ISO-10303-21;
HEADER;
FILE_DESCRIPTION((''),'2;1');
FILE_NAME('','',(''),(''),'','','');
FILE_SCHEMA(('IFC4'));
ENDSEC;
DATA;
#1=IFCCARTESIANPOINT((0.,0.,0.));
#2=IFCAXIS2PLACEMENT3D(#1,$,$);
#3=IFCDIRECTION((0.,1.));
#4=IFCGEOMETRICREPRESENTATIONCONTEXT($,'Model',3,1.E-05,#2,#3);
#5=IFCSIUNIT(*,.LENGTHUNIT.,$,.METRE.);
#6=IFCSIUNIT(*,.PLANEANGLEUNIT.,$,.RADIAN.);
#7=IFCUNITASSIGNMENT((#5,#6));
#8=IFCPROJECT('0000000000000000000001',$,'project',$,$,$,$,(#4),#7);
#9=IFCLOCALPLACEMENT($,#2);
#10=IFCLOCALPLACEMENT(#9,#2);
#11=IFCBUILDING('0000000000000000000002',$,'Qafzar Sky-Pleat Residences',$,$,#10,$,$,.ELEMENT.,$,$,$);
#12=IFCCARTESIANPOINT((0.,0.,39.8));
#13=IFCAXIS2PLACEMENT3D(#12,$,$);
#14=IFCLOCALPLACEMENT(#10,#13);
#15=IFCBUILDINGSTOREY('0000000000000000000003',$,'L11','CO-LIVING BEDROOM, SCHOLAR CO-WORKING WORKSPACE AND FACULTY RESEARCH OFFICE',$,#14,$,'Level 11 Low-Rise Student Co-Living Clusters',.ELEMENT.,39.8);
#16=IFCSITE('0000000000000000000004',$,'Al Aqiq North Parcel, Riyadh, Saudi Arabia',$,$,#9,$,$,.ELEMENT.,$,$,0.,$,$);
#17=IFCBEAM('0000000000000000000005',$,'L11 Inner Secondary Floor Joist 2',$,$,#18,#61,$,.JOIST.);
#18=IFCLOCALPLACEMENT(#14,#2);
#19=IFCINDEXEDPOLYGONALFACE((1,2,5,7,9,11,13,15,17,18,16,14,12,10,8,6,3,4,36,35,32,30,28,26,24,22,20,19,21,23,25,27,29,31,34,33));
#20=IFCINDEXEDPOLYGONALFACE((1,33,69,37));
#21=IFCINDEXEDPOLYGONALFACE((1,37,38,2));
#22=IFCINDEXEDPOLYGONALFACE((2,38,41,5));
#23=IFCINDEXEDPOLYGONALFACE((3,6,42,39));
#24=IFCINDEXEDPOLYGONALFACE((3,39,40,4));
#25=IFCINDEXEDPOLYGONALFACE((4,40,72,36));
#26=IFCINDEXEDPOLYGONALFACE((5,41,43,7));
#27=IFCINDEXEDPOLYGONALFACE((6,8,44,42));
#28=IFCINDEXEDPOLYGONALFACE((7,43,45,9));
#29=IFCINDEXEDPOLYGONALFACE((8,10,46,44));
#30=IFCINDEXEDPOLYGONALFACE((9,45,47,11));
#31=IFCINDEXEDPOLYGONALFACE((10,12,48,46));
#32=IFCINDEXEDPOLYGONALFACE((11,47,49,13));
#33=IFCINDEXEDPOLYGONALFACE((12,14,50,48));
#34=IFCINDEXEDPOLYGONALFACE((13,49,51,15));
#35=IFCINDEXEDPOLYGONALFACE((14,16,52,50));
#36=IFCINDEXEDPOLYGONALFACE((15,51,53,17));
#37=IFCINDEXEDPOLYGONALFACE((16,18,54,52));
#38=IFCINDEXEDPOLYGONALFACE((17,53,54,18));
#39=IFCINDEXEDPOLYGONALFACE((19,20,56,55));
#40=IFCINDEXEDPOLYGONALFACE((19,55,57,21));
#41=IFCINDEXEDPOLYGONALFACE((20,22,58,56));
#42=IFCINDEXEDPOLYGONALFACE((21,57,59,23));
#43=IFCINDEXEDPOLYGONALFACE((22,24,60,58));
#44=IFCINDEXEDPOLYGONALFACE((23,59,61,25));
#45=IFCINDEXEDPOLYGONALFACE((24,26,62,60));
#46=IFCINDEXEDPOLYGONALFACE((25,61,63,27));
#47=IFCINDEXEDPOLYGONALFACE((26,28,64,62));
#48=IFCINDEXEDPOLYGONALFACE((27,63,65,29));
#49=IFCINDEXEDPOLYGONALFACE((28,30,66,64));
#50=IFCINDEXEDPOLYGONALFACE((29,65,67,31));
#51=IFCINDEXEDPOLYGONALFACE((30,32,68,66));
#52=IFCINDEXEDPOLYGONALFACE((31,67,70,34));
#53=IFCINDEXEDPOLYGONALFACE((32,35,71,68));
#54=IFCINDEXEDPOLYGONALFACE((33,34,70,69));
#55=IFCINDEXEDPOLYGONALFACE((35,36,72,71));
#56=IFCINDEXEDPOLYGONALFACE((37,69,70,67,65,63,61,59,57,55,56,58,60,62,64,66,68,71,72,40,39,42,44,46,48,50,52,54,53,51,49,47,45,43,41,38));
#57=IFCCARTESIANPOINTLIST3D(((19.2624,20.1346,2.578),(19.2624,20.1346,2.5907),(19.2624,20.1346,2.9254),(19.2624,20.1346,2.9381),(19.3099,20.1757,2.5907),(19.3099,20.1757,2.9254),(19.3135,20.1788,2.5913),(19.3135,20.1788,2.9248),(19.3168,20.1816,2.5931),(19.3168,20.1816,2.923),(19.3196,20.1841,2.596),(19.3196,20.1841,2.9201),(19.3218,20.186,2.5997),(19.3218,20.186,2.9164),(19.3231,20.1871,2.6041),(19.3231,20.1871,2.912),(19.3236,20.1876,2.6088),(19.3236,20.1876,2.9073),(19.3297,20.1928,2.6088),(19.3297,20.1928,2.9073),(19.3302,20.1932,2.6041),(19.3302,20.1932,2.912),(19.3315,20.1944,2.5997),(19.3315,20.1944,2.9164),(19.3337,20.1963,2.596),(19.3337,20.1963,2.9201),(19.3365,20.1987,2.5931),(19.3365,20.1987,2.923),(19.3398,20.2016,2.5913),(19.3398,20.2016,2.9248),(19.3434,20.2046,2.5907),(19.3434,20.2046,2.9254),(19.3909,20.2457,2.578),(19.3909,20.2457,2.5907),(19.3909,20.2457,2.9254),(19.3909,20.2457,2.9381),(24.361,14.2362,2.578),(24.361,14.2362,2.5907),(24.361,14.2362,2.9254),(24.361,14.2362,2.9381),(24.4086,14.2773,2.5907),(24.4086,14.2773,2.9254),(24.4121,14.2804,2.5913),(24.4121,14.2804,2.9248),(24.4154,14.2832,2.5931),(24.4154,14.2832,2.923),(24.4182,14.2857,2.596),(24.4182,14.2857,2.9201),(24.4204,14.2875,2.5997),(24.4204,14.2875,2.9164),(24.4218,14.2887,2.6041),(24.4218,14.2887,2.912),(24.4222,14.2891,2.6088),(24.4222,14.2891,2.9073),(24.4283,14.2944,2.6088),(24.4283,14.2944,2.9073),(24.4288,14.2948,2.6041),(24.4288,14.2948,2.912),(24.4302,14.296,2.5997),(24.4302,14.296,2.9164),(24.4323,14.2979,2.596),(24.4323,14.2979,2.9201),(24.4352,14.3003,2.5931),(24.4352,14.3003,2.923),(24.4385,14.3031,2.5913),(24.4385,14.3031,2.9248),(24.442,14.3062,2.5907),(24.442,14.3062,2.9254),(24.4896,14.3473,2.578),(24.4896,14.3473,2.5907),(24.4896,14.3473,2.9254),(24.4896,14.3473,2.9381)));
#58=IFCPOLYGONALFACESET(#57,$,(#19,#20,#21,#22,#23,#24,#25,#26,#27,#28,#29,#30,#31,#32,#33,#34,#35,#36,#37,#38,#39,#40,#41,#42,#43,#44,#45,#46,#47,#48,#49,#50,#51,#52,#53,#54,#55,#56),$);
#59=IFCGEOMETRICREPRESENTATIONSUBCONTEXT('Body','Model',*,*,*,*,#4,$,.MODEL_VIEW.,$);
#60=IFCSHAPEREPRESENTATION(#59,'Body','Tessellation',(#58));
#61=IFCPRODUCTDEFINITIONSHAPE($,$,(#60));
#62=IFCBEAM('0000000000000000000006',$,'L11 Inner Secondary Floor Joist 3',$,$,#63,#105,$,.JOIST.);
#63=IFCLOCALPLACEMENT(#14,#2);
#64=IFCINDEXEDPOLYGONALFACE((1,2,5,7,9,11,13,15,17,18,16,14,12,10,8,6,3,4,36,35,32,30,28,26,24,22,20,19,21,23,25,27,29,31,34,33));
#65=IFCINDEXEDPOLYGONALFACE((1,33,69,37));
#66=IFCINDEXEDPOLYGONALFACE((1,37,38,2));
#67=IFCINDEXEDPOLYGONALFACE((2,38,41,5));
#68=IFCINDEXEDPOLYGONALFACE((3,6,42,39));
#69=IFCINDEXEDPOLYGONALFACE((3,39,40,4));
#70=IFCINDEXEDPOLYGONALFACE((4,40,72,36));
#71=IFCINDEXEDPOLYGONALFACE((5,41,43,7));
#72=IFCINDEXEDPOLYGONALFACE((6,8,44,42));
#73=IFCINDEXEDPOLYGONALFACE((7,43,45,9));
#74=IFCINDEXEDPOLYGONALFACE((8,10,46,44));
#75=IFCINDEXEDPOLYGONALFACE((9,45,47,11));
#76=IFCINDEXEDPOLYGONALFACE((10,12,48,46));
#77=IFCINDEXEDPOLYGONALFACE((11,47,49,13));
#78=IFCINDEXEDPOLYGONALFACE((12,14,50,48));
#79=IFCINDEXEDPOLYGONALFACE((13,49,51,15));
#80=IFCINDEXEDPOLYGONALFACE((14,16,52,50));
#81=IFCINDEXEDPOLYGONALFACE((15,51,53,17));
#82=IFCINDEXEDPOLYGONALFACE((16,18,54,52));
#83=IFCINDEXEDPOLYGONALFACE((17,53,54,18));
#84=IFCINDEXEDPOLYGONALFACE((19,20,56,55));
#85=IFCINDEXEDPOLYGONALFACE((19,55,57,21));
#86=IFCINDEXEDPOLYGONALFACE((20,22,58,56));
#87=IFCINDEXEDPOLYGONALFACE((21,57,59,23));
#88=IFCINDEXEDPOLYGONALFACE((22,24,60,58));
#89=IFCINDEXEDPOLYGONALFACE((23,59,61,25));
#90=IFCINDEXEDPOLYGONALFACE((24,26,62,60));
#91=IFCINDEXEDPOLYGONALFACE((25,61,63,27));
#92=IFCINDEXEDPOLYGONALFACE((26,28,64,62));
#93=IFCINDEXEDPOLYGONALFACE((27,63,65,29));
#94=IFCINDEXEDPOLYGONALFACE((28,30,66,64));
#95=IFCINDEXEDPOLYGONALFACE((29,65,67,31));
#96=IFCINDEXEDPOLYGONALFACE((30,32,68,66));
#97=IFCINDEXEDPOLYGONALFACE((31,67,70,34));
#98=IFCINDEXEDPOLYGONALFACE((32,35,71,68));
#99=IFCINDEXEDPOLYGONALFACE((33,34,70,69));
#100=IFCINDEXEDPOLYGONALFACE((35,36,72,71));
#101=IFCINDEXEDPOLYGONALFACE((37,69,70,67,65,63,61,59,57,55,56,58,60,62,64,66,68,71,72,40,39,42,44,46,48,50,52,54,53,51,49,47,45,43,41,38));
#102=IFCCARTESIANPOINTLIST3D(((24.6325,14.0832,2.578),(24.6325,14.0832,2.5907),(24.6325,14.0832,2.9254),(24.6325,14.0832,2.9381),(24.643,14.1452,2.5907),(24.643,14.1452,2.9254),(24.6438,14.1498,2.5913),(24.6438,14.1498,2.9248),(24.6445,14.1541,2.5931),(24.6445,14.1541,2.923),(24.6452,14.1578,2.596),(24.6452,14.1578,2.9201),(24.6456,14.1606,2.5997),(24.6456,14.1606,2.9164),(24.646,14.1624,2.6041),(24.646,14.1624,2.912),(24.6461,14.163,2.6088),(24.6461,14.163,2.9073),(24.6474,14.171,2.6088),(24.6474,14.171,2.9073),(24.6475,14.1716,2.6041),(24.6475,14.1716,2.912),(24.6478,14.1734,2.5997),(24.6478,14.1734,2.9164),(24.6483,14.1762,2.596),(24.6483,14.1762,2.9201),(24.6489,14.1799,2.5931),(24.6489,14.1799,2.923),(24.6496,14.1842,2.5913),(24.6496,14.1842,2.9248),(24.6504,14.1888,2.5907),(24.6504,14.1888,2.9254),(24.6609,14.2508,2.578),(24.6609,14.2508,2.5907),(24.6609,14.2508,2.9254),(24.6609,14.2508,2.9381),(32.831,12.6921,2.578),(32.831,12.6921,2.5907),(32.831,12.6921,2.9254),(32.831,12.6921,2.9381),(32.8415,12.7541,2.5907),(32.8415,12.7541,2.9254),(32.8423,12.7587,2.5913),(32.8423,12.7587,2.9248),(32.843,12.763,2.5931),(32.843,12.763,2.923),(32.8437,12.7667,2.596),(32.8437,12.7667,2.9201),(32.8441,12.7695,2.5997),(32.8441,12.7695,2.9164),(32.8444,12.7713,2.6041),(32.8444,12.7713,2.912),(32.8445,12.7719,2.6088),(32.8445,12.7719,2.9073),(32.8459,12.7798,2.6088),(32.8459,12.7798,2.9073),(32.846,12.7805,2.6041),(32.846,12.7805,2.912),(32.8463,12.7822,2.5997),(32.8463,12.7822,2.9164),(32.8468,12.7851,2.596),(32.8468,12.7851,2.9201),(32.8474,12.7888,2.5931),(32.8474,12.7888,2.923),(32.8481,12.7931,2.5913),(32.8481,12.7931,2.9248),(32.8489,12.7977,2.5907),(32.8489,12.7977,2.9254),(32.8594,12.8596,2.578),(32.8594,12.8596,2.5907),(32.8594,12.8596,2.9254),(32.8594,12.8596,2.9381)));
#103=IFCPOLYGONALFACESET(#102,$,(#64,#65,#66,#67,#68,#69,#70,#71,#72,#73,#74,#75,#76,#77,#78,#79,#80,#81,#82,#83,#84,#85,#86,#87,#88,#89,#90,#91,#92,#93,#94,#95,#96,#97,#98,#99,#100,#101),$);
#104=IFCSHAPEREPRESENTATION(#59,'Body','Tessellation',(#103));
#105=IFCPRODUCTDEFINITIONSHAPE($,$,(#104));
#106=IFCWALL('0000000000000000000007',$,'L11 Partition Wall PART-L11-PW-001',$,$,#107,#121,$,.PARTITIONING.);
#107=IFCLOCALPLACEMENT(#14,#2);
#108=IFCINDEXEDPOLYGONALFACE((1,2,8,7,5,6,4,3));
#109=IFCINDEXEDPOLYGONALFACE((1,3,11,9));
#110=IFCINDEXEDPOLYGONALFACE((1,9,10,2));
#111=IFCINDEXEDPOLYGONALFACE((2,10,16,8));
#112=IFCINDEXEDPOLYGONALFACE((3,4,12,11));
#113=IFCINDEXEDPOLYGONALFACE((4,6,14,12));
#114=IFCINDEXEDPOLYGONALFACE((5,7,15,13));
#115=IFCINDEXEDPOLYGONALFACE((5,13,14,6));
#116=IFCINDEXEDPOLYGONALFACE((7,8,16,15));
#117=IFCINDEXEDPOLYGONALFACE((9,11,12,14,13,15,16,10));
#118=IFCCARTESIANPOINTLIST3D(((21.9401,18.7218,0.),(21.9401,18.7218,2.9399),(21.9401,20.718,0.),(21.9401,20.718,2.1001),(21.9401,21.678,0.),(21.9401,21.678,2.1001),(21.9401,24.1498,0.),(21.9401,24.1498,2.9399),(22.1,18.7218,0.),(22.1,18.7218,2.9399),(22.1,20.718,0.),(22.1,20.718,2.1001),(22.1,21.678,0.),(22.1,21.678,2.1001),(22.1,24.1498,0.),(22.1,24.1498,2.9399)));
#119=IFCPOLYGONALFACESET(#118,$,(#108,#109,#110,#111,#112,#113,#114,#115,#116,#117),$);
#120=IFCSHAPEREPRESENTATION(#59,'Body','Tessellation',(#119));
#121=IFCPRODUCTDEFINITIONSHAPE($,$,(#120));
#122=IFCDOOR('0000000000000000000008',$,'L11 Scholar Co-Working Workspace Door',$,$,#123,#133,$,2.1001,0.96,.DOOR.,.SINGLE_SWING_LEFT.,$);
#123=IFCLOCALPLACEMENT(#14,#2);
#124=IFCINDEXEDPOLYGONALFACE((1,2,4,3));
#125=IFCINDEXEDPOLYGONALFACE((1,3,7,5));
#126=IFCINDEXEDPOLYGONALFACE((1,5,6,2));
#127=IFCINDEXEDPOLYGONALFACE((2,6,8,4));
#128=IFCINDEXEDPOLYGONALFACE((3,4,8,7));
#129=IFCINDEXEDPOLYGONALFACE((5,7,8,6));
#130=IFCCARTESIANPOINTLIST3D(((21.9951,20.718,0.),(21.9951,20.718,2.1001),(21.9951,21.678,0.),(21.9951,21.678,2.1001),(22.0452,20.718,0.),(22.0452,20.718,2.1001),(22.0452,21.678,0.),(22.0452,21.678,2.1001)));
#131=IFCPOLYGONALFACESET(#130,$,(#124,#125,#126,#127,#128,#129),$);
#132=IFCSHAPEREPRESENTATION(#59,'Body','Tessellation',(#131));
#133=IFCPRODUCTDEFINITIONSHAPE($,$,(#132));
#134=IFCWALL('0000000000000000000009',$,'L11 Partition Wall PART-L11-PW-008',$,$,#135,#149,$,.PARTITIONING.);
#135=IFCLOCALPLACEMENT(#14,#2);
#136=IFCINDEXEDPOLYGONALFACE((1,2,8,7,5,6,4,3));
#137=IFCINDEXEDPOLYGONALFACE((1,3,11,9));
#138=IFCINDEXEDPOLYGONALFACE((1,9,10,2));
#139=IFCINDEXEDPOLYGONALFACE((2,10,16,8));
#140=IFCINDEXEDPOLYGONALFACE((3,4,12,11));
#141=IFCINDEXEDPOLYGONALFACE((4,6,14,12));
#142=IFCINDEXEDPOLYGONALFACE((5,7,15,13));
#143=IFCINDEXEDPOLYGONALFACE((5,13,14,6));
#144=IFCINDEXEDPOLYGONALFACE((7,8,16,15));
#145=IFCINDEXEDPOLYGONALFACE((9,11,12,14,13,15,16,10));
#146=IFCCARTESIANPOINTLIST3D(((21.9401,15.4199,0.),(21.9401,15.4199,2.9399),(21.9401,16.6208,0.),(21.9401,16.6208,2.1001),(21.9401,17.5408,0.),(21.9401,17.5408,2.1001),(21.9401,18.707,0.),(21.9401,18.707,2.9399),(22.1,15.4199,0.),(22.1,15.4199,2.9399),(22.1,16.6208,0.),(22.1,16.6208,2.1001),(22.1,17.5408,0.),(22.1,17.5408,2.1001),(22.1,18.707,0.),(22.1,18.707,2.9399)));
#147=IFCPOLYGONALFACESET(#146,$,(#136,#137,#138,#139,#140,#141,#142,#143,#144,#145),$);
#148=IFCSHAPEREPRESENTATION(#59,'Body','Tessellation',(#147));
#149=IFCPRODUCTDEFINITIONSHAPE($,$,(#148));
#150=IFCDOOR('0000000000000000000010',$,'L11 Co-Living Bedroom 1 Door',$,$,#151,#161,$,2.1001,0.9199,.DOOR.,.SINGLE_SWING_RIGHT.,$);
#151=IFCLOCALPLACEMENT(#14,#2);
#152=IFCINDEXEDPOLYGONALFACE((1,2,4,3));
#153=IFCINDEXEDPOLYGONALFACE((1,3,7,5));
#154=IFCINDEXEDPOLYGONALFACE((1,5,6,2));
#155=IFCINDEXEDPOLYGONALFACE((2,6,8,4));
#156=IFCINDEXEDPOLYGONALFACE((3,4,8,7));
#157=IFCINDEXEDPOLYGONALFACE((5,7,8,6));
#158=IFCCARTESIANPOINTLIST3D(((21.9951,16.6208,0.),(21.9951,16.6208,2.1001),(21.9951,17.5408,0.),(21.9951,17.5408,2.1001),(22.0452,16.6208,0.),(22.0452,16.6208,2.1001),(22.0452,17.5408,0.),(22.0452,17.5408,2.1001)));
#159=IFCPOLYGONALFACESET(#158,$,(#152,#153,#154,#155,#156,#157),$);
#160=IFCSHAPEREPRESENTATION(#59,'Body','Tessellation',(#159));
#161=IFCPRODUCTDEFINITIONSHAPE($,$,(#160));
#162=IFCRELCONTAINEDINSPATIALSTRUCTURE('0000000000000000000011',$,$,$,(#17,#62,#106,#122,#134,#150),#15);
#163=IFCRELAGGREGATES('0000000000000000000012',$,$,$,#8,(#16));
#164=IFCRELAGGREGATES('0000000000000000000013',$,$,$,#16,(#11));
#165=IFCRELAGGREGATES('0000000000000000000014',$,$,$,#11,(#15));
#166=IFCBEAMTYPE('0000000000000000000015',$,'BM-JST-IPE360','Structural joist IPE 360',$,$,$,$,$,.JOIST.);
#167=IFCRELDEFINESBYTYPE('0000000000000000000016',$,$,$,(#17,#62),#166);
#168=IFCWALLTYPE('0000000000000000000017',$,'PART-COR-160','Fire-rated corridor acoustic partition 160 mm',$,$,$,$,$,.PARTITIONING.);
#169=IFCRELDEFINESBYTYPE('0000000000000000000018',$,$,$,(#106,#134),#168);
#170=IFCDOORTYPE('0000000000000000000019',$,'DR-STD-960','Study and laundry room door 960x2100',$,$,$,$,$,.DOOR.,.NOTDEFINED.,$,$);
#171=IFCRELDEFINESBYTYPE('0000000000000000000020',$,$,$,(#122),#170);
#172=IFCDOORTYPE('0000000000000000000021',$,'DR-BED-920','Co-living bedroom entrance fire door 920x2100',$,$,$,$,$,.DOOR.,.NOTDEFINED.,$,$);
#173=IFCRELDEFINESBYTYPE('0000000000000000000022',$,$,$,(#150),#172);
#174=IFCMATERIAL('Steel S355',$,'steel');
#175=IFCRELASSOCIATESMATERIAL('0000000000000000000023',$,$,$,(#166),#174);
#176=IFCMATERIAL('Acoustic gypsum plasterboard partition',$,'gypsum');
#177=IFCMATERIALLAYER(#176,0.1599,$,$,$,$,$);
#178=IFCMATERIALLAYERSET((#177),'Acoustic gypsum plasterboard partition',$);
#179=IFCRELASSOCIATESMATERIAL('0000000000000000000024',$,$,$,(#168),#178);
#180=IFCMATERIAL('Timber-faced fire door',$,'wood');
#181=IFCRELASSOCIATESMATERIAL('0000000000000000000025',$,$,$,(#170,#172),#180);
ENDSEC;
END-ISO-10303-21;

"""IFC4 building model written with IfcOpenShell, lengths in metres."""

from ifc_helpers import new_model, si_unit, direction, frame, frame_2d, origin, origin_2d, place, context, subcontext, project, spatial, rectangle, i_section, extrude, source, transform, mapped, material, layer, layer_set, material_profile, profile_set, type_object, element, fill, save


model = new_model("IFC4")

# Units and contexts
model_context = context("Model", 3, precision=1e-05, world=origin(), true_north=direction((0.0, 1.0)))
body_context = subcontext(model_context, "Body", "Model", "MODEL_VIEW")
ifc_project = project(units=[si_unit("LENGTHUNIT", "METRE"), si_unit("PLANEANGLEUNIT", "RADIAN")], contexts=[model_context])

# Site, building, storey
site_placement = place(None, origin())
site = spatial("IfcSite", under=ifc_project, at=site_placement, Name="Al Aqiq North Parcel, Riyadh, Saudi Arabia", CompositionType="ELEMENT", RefElevation=0.0)
building_placement = place(site_placement, origin())
building = spatial("IfcBuilding", under=site, at=building_placement, Name="Qafzar Sky-Pleat Residences", CompositionType="ELEMENT")
storey_placement = place(building_placement, frame((0.0, 0.0, 39.8)))
storey = spatial("IfcBuildingStorey", under=building, at=storey_placement, Name="L11", Description="CO-LIVING BEDROOM, SCHOLAR CO-WORKING WORKSPACE AND FACULTY RESEARCH OFFICE", LongName="Level 11 Low-Rise Student Co-Living Clusters", CompositionType="ELEMENT", Elevation=39.8)

# Beams
ifc_material_1 = material(Name="Steel S355", Category="steel")
ifc_material_profile = material_profile(ifc_material_1, i_section(OverallWidth=0.1699, OverallDepth=0.3601, WebThickness=0.0081, FlangeThickness=0.0127, FilletRadius=0.0181, at=origin_2d()), Name="IPE 360")
ifc_profile_set = profile_set([ifc_material_profile], Name="Steel S355")
beam_type = type_object("IfcBeamType", Name="BM-JST-IPE360", Description="Structural joist IPE 360", PredefinedType="JOIST", material=ifc_profile_set)
shared_shape_1 = source(origin(), body_context, "Body", "SweptSolid", [
    extrude(i_section(OverallWidth=0.1699, OverallDepth=0.3601, WebThickness=0.0081, FlangeThickness=0.0127, FilletRadius=0.0181, at=origin_2d()), origin(), (0.0, 0.0, 1.0), 7.7966),
])
beam_1_placement = place(storey_placement, frame((19.3267, 20.1902, 2.7581), z_axis=(0.653952, -0.756536, 0.0), x_axis=(0.756536, 0.653952, 0.0)))
element("IfcBeam", 1, at=beam_1_placement, inside=storey, type_object=beam_type, Name="L11 Inner Secondary Floor Joist 2", PredefinedType="JOIST", context=body_context, shape_type="MappedRepresentation", body=[
    mapped(shared_shape_1, transform((0.0, 0.0, 0.0), x_axis=(1.0, 0.0, 0.0), y_axis=(0.0, 1.0, 0.0), z_axis=(0.0, 0.0, 1.0), scale=1.0)),
])
shared_shape_2 = source(origin(), body_context, "Body", "SweptSolid", [
    extrude(i_section(OverallWidth=0.1699, OverallDepth=0.3601, WebThickness=0.0081, FlangeThickness=0.0127, FilletRadius=0.0181, at=origin_2d()), origin(), (0.0, 0.0, 1.0), 8.3157),
])
beam_2_placement = place(storey_placement, frame((24.6467, 14.167, 2.7581), z_axis=(0.985908, -0.167288, 0.0), x_axis=(0.167288, 0.985908, 0.0)))
element("IfcBeam", 2, at=beam_2_placement, inside=storey, type_object=beam_type, Name="L11 Inner Secondary Floor Joist 3", PredefinedType="JOIST", context=body_context, shape_type="MappedRepresentation", body=[
    mapped(shared_shape_2, transform((0.0, 0.0, 0.0), x_axis=(1.0, 0.0, 0.0), y_axis=(0.0, 1.0, 0.0), z_axis=(0.0, 0.0, 1.0), scale=1.0)),
])

# Walls, openings, doors
ifc_material_2 = material(Name="Acoustic gypsum plasterboard partition", Category="gypsum")
ifc_layer_1 = layer(ifc_material_2, 0.1599)
ifc_layer_set_1 = layer_set([ifc_layer_1], Name="Acoustic gypsum plasterboard partition")
wall_type_1 = type_object("IfcWallType", Name="PART-COR-160", Description="Fire-rated corridor acoustic partition 160 mm", PredefinedType="PARTITIONING", material=ifc_layer_set_1)
wall_1_placement = place(storey_placement, frame((22.02, 18.7219, 0.0), z_axis=(0.0, 0.0, 1.0), x_axis=(0.0, 1.0, 0.0)))
wall_1 = element("IfcWall", 3, at=wall_1_placement, inside=storey, type_object=wall_type_1, Name="L11 Partition Wall PART-L11-PW-001", PredefinedType="PARTITIONING", context=body_context, shape_type="SweptSolid", body=[
    extrude(rectangle(XDim=5.428, YDim=0.1599, at=frame_2d((2.7139, 0.0))), origin(), (0.0, 0.0, 1.0), 2.9399),
])
opening_1_placement = place(wall_1_placement, frame((1.9961, 0.0, 0.0)))
opening_1 = element("IfcOpeningElement", 4, at=opening_1_placement, cuts=wall_1, PredefinedType="OPENING", context=body_context, shape_type="SweptSolid", body=[
    extrude(rectangle(XDim=0.96, YDim=2.1001, at=frame_2d((0.48, 1.05))), frame((0.0, 0.0898, 0.0), z_axis=(0.0, -1.0, 0.0), x_axis=(1.0, 0.0, 0.0)), (0.0, 0.0, 1.0), 0.1799),
])
ifc_material_3 = material(Name="Timber-faced fire door", Category="wood")
door_type_1 = type_object("IfcDoorType", Name="DR-STD-960", Description="Study and laundry room door 960x2100", OperationType="NOTDEFINED", PredefinedType="DOOR", material=ifc_material_3)
shared_shape_3 = source(origin(), body_context, "Body", "SweptSolid", [
    extrude(rectangle(XDim=0.96, YDim=2.1001, at=frame_2d((0.48, 1.05))), frame((0.0, 0.0249, 0.0), z_axis=(0.0, -1.0, 0.0), x_axis=(1.0, 0.0, 0.0)), (0.0, 0.0, 1.0), 0.05),
])
door_1_placement = place(opening_1_placement, origin())
door_1 = element("IfcDoor", 5, at=door_1_placement, inside=storey, type_object=door_type_1, Name="L11 Scholar Co-Working Workspace Door", OperationType="SINGLE_SWING_LEFT", OverallHeight=2.1001, OverallWidth=0.96, PredefinedType="DOOR", context=body_context, shape_type="MappedRepresentation", body=[
    mapped(shared_shape_3, transform((0.0, 0.0, 0.0), x_axis=(1.0, 0.0, 0.0), y_axis=(0.0, 1.0, 0.0), z_axis=(0.0, 0.0, 1.0), scale=1.0)),
])
fill(opening_1, door_1)
wall_2_placement = place(storey_placement, frame((22.02, 15.4199, 0.0), z_axis=(0.0, 0.0, 1.0), x_axis=(0.0, 1.0, 0.0)))
wall_2 = element("IfcWall", 6, at=wall_2_placement, inside=storey, type_object=wall_type_1, Name="L11 Partition Wall PART-L11-PW-008", PredefinedType="PARTITIONING", context=body_context, shape_type="SweptSolid", body=[
    extrude(rectangle(XDim=3.2871, YDim=0.1599, at=frame_2d((1.6436, 0.0))), origin(), (0.0, 0.0, 1.0), 2.9399),
])
opening_2_placement = place(wall_2_placement, frame((1.2009, 0.0, 0.0)))
opening_2 = element("IfcOpeningElement", 7, at=opening_2_placement, cuts=wall_2, PredefinedType="OPENING", context=body_context, shape_type="SweptSolid", body=[
    extrude(rectangle(XDim=0.9199, YDim=2.1001, at=frame_2d((0.46, 1.05))), frame((0.0, 0.0898, 0.0), z_axis=(0.0, -1.0, 0.0), x_axis=(1.0, 0.0, 0.0)), (0.0, 0.0, 1.0), 0.1799),
])
door_type_2 = type_object("IfcDoorType", Name="DR-BED-920", Description="Co-living bedroom entrance fire door 920x2100", OperationType="NOTDEFINED", PredefinedType="DOOR", material=ifc_material_3)
shared_shape_4 = source(origin(), body_context, "Body", "SweptSolid", [
    extrude(rectangle(XDim=0.9199, YDim=2.1001, at=frame_2d((0.46, 1.05))), frame((0.0, 0.0249, 0.0), z_axis=(0.0, -1.0, 0.0), x_axis=(1.0, 0.0, 0.0)), (0.0, 0.0, 1.0), 0.05),
])
door_2_placement = place(opening_2_placement, origin())
door_2 = element("IfcDoor", 8, at=door_2_placement, inside=storey, type_object=door_type_2, Name="L11 Co-Living Bedroom 1 Door", OperationType="SINGLE_SWING_RIGHT", OverallHeight=2.1001, OverallWidth=0.9199, PredefinedType="DOOR", context=body_context, shape_type="MappedRepresentation", body=[
    mapped(shared_shape_4, transform((0.0, 0.0, 0.0), x_axis=(1.0, 0.0, 0.0), y_axis=(0.0, 1.0, 0.0), z_axis=(0.0, 0.0, 1.0), scale=1.0)),
])
fill(opening_2, door_2)

save(model, "model.ifc")
